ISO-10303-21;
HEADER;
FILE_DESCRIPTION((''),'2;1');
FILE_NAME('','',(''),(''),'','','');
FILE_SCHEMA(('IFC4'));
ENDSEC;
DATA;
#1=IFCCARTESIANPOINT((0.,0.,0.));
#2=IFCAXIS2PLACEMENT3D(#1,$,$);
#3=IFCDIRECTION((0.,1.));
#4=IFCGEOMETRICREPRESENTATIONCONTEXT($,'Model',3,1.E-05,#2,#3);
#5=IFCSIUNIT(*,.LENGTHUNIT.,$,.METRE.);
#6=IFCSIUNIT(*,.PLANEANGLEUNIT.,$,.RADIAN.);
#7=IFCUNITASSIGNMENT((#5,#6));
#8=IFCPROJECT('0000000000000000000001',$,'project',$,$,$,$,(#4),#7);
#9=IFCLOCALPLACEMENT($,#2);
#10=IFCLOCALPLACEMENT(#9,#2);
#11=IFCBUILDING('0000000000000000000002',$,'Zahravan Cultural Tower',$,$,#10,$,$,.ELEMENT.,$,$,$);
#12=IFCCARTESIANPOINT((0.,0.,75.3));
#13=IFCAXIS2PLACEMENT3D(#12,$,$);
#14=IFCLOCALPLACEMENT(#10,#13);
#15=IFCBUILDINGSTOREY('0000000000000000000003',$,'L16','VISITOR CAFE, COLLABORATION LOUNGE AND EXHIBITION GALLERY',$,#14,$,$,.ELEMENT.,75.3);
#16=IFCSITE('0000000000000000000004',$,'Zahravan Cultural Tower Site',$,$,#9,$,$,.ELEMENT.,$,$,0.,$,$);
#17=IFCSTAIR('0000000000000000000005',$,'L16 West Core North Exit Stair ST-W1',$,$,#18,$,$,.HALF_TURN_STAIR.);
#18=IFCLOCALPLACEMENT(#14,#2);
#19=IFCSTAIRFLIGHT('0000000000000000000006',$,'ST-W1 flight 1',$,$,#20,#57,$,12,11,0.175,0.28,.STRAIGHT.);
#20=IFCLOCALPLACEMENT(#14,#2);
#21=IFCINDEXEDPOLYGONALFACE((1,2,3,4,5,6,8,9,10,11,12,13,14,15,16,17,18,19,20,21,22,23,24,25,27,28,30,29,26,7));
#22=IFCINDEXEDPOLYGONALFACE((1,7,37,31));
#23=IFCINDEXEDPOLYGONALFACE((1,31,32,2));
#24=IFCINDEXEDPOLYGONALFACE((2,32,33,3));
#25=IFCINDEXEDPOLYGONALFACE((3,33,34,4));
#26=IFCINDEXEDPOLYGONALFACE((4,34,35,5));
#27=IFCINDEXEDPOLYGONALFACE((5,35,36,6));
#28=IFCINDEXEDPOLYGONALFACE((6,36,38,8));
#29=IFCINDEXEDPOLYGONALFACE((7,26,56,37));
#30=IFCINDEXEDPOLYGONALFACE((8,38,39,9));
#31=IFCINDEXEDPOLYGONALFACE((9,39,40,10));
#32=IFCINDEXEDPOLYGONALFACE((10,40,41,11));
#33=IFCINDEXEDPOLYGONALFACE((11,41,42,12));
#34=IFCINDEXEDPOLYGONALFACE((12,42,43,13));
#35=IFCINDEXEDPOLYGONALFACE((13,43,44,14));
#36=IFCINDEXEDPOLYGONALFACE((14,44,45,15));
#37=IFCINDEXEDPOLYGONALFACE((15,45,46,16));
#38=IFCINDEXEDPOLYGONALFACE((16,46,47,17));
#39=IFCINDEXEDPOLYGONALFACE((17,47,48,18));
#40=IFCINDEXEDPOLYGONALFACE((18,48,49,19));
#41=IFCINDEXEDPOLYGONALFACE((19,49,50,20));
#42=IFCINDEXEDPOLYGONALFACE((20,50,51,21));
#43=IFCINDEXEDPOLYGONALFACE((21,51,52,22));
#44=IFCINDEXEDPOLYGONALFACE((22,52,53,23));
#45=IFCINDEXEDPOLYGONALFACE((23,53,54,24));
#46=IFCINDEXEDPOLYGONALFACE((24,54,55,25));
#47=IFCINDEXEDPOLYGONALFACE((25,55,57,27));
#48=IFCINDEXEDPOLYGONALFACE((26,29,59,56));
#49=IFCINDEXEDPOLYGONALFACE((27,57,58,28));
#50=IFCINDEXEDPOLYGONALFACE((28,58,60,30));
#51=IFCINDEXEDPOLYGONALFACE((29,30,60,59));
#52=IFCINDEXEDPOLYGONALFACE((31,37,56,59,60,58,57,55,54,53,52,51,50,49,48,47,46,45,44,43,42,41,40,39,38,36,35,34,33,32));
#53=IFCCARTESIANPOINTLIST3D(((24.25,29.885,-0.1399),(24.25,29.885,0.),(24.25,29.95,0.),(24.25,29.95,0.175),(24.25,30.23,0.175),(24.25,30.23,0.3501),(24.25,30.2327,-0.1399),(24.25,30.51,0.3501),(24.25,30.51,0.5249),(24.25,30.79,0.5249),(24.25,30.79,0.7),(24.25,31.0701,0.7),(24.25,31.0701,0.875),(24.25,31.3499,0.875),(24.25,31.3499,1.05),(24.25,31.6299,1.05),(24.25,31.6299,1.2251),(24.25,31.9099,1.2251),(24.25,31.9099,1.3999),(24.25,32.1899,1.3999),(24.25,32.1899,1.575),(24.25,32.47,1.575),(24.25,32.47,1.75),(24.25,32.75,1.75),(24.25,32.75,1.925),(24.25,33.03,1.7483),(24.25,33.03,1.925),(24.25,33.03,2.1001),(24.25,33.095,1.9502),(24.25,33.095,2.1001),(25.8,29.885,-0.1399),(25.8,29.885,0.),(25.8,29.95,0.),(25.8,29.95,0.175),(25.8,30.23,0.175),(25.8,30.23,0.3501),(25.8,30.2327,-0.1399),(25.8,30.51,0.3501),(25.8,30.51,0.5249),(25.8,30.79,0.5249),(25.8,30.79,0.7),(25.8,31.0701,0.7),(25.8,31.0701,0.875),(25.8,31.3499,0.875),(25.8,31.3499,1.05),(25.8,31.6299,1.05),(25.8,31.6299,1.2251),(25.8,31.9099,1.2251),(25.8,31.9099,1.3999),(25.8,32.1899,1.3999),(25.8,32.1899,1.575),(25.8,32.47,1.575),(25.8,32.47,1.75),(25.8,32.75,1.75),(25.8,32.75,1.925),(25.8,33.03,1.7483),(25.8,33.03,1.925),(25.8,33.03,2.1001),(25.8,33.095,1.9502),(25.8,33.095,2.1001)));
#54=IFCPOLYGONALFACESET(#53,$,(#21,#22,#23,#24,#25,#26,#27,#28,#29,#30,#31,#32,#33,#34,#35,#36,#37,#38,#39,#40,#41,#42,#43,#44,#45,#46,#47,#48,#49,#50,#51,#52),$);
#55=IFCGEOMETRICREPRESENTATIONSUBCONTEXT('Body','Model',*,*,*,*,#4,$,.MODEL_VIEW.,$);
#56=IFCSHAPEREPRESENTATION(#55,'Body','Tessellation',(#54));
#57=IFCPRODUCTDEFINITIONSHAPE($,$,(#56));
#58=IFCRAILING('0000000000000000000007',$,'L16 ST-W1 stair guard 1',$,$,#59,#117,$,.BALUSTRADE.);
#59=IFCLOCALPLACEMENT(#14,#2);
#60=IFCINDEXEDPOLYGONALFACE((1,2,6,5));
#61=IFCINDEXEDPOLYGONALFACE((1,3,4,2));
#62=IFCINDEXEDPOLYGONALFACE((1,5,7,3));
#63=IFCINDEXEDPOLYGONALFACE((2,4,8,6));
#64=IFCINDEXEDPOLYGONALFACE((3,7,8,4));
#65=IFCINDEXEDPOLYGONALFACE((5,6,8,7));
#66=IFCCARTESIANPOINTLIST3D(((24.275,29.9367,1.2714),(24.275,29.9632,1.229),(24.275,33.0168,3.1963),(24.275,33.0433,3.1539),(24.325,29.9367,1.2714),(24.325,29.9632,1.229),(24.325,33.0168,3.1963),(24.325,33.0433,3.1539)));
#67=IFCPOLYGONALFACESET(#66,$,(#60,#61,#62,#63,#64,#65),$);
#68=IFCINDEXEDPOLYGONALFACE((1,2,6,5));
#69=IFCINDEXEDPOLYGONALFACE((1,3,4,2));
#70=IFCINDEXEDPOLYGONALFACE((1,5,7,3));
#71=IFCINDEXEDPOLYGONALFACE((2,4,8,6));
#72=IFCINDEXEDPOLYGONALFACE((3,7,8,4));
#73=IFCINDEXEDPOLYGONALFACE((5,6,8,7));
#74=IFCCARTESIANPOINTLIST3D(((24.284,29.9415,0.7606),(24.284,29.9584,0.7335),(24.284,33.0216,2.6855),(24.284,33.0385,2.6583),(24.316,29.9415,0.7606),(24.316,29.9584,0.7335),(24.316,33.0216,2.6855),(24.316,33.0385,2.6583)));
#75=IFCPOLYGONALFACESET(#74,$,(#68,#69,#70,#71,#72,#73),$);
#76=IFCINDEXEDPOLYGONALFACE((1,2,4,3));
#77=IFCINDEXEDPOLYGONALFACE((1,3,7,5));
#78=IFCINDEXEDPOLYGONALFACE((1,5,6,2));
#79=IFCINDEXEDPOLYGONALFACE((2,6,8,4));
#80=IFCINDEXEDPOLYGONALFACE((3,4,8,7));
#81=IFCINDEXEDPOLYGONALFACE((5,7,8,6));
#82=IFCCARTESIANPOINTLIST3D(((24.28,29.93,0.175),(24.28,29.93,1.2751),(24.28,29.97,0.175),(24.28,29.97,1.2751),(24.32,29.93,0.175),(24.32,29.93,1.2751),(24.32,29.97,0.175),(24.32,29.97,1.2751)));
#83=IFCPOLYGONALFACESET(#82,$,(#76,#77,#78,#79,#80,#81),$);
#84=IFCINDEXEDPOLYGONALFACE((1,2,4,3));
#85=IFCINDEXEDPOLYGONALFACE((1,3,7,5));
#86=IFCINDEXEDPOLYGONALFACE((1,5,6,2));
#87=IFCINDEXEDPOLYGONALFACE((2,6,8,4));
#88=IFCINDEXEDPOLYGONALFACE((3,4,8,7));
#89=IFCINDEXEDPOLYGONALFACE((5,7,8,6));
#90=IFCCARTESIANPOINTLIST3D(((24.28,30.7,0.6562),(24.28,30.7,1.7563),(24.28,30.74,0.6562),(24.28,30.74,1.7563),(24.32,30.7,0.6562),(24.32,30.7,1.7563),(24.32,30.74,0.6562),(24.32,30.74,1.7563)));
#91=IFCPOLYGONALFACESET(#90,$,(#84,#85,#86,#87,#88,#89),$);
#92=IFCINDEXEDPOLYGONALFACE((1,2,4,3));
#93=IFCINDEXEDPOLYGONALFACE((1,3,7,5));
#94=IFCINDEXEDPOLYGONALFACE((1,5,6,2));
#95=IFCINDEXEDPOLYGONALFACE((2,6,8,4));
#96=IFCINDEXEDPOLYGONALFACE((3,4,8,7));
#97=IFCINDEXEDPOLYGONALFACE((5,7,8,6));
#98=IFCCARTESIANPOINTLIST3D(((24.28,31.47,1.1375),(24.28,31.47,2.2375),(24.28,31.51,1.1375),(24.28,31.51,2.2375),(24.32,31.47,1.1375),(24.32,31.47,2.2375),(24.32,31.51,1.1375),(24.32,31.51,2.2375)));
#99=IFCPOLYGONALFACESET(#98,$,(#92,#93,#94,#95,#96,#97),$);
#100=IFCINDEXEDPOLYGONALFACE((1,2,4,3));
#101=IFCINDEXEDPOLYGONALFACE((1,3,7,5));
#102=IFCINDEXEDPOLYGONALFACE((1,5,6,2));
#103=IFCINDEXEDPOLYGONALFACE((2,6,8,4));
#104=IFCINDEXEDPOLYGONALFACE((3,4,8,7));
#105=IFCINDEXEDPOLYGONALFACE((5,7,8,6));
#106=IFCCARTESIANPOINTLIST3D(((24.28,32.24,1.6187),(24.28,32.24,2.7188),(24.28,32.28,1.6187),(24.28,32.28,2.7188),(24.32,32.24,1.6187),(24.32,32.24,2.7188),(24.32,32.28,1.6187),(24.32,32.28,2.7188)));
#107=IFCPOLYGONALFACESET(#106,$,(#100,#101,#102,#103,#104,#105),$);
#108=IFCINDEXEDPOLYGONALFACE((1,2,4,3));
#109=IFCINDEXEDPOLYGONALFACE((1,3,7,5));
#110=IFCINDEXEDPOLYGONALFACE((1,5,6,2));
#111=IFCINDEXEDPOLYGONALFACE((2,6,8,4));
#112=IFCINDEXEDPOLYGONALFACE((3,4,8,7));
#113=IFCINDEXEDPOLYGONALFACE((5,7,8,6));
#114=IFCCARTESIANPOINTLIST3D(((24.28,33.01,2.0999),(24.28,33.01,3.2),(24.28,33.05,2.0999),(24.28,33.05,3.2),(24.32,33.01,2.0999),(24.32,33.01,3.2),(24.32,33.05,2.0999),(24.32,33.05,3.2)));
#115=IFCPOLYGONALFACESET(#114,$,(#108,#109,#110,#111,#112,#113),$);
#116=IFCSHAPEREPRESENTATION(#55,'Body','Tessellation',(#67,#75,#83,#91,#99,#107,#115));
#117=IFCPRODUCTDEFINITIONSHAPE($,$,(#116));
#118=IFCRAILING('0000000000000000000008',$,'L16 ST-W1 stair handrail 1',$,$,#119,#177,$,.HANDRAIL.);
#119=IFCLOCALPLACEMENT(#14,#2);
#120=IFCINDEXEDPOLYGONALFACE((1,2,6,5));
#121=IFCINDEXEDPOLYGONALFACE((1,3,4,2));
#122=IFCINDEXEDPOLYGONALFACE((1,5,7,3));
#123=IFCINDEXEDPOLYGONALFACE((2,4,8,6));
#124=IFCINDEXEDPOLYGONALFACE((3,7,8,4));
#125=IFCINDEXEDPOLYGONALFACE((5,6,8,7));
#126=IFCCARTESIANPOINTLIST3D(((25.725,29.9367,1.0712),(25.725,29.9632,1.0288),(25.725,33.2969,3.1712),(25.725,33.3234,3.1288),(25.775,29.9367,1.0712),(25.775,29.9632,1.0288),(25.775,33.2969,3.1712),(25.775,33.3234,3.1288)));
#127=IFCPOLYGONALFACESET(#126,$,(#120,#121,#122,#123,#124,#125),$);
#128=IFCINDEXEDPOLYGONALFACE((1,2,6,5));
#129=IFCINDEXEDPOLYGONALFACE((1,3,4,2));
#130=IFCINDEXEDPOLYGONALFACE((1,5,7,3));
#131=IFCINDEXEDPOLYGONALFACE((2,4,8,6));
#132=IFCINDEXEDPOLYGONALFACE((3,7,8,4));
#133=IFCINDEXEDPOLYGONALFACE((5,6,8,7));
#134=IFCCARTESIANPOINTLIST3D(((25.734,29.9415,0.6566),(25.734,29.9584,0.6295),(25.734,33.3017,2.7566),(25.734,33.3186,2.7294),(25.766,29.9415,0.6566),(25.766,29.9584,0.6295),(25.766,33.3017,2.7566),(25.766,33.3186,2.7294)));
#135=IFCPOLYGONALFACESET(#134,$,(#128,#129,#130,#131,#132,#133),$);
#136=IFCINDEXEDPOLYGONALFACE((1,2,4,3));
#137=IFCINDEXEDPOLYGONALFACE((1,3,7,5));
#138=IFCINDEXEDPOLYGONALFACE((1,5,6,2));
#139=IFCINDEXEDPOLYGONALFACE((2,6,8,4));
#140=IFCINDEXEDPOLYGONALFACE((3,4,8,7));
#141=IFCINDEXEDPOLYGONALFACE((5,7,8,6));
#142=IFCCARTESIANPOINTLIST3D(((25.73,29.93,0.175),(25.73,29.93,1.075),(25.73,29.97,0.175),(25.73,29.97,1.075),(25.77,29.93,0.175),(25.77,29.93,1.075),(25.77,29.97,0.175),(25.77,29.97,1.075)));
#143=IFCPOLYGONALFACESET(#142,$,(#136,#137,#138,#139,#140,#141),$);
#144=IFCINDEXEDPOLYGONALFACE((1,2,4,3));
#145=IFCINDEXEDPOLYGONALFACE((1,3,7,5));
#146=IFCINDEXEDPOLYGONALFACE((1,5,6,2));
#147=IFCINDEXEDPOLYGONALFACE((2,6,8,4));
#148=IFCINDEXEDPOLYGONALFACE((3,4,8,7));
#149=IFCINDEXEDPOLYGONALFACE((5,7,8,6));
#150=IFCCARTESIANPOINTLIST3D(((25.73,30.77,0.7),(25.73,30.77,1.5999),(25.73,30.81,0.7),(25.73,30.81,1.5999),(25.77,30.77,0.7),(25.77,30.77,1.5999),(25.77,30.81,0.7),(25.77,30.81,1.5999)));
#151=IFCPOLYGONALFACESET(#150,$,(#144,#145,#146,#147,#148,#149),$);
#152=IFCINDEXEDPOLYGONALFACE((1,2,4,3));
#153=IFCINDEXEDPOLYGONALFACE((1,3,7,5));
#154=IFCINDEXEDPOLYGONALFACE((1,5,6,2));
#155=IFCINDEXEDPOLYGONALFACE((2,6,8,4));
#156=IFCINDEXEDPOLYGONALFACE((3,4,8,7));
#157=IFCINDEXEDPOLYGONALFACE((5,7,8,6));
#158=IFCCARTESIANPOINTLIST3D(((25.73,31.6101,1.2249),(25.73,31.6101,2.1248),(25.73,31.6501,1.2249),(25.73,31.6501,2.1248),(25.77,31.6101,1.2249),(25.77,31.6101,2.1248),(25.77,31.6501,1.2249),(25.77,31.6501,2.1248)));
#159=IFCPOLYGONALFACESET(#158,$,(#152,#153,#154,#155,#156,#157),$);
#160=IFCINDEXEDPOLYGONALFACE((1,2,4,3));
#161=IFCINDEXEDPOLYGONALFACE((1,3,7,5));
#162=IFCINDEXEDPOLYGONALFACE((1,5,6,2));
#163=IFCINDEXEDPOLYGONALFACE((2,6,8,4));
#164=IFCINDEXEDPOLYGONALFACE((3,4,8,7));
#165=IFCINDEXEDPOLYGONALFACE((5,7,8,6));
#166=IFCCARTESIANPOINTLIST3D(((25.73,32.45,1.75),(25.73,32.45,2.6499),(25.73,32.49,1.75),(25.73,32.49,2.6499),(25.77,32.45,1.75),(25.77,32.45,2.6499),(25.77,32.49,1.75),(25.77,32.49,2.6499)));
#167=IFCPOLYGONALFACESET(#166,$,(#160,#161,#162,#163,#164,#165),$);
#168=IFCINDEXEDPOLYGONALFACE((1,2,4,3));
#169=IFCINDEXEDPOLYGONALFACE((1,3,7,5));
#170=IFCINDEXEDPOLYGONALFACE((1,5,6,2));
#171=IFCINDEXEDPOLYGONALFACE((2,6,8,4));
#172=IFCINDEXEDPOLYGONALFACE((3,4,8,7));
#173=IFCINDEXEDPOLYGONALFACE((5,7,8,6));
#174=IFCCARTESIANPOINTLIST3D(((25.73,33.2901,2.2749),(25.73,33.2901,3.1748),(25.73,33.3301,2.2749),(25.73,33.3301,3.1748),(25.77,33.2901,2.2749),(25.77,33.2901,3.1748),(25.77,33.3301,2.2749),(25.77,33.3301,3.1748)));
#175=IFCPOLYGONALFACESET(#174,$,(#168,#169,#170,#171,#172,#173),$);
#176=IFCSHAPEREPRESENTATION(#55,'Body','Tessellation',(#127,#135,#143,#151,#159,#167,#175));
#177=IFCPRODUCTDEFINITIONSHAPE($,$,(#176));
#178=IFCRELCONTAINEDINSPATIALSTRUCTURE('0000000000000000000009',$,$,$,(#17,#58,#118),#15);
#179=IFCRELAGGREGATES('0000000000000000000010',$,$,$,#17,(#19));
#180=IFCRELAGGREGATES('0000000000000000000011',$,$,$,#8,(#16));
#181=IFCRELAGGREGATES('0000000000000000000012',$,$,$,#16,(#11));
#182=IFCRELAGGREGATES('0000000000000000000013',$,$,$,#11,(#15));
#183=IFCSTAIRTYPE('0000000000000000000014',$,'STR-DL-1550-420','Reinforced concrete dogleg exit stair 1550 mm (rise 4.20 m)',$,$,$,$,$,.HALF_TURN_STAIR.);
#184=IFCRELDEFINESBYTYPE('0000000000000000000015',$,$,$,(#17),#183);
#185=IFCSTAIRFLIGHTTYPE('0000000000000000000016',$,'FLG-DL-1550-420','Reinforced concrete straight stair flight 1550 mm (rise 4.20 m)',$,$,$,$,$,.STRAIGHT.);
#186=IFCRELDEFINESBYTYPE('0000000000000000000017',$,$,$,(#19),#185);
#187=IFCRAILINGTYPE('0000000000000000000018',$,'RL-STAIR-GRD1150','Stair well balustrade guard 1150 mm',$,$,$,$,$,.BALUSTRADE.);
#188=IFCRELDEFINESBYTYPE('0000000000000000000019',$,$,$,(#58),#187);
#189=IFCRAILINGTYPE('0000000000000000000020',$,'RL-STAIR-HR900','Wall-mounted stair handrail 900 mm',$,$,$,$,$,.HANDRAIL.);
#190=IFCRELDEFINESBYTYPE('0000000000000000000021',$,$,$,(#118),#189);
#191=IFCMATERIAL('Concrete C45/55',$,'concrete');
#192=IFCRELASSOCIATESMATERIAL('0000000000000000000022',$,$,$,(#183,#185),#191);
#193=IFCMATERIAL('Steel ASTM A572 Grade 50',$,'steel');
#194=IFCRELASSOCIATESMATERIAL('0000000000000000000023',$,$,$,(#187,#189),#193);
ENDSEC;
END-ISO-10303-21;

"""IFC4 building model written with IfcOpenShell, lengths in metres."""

from ifc_helpers import new_model, si_unit, direction, frame, origin, origin_2d, place, context, subcontext, project, spatial, polyline, rectangle, outline, extrude, material, type_object, element, aggregate, save


model = new_model("IFC4")

# Units and contexts
model_context = context("Model", 3, precision=1e-05, world=origin(), true_north=direction((0.0, 1.0)))
body_context = subcontext(model_context, "Body", "Model", "MODEL_VIEW")
ifc_project = project(units=[si_unit("LENGTHUNIT", "METRE"), si_unit("PLANEANGLEUNIT", "RADIAN")], contexts=[model_context])

# Site, building, storey
site_placement = place(None, origin())
site = spatial("IfcSite", under=ifc_project, at=site_placement, Name="Zahravan Cultural Tower Site", CompositionType="ELEMENT", RefElevation=0.0)
building_placement = place(site_placement, origin())
building = spatial("IfcBuilding", under=site, at=building_placement, Name="Zahravan Cultural Tower", CompositionType="ELEMENT")
storey_placement = place(building_placement, frame((0.0, 0.0, 75.3)))
storey = spatial("IfcBuildingStorey", under=building, at=storey_placement, Name="L16", Description="VISITOR CAFE, COLLABORATION LOUNGE AND EXHIBITION GALLERY", CompositionType="ELEMENT", Elevation=75.3)

# Shared definitions
ifc_material_1 = material(Name="Steel ASTM A572 Grade 50", Category="steel")
ifc_material_2 = material(Name="Concrete C45/55", Category="concrete")

# Stair, stair flight
stair_type = type_object("IfcStairType", Name="STR-DL-1550-420", Description="Reinforced concrete dogleg exit stair 1550 mm (rise 4.20 m)", PredefinedType="HALF_TURN_STAIR", material=ifc_material_2)
stair_placement = place(storey_placement, origin())
stair = element("IfcStair", 1, at=stair_placement, inside=storey, type_object=stair_type, Name="L16 West Core North Exit Stair ST-W1", PredefinedType="HALF_TURN_STAIR")
stair_flight_type = type_object("IfcStairFlightType", Name="FLG-DL-1550-420", Description="Reinforced concrete straight stair flight 1550 mm (rise 4.20 m)", PredefinedType="STRAIGHT", material=ifc_material_2)
stair_flight_placement = place(storey_placement, frame((25.0249, 29.95, 0.0), z_axis=(0.0, 0.0, 1.0), x_axis=(0.0, 1.0, 0.0)))
stair_flight = element("IfcStairFlight", 2, at=stair_flight_placement, type_object=stair_flight_type, Name="ST-W1 flight 1", NumberOfRisers=12, NumberOfTreads=11, PredefinedType="STRAIGHT", RiserHeight=0.175, TreadLength=0.28, context=body_context, shape_type="SweptSolid", body=[
    extrude(outline(polyline([(-0.0649, -0.1399), (-0.0649, 0.0), (0.0, 0.0), (0.0, 0.175), (0.28, 0.175), (0.28, 0.3501), (0.5601, 0.3501), (0.5601, 0.5249), (0.8401, 0.5249), (0.8401, 0.7), (1.1201, 0.7), (1.1201, 0.875), (1.3999, 0.875), (1.3999, 1.05), (1.6799, 1.05), (1.6799, 1.2251), (1.96, 1.2251), (1.96, 1.3999), (2.24, 1.3999), (2.24, 1.575), (2.52, 1.575), (2.52, 1.75), (2.8, 1.75), (2.8, 1.925), (3.0801, 1.925), (3.0801, 2.1001), (3.145, 2.1001), (3.145, 1.9502), (3.0801, 1.7483), (0.2827, -0.1399), (-0.0649, -0.1399)])), frame((0.0, 0.7749, 0.0), z_axis=(0.0, -1.0, 0.0), x_axis=(1.0, 0.0, 0.0)), (0.0, 0.0, 1.0), 1.55),
])
aggregate(stair, [stair_flight])

# Railings
railing_type_1 = type_object("IfcRailingType", Name="RL-STAIR-GRD1150", Description="Stair well balustrade guard 1150 mm", PredefinedType="BALUSTRADE", material=ifc_material_1)
railing_1_placement = place(storey_placement, frame((24.3, 29.95, 0.175)))
element("IfcRailing", 3, at=railing_1_placement, inside=storey, type_object=railing_type_1, Name="L16 ST-W1 stair guard 1", PredefinedType="BALUSTRADE", context=body_context, shape_type="SweptSolid", body=[
    extrude(rectangle(XDim=0.05, YDim=0.05, at=origin_2d()), frame((0.0, 0.0, 1.0752), z_axis=(0.0, 0.848029, 0.529951), x_axis=(-1.0, 0.0, 0.0)), (0.0, 0.0, 1.0), 3.6321),
    extrude(rectangle(XDim=0.032, YDim=0.032, at=origin_2d()), frame((0.0, 0.0, 0.572), z_axis=(0.0, 0.848029, 0.529951), x_axis=(-1.0, 0.0, 0.0)), (0.0, 0.0, 1.0), 3.6321),
    extrude(rectangle(XDim=0.04, YDim=0.04, at=origin_2d()), origin(), (0.0, 0.0, 1.0), 1.1001),
    extrude(rectangle(XDim=0.04, YDim=0.04, at=origin_2d()), frame((0.0, 0.77, 0.4812)), (0.0, 0.0, 1.0), 1.1001),
    extrude(rectangle(XDim=0.04, YDim=0.04, at=origin_2d()), frame((0.0, 1.54, 0.9624)), (0.0, 0.0, 1.0), 1.1001),
    extrude(rectangle(XDim=0.04, YDim=0.04, at=origin_2d()), frame((0.0, 2.3101, 1.4436)), (0.0, 0.0, 1.0), 1.1001),
    extrude(rectangle(XDim=0.04, YDim=0.04, at=origin_2d()), frame((0.0, 3.0801, 1.9248)), (0.0, 0.0, 1.0), 1.1001),
])
railing_type_2 = type_object("IfcRailingType", Name="RL-STAIR-HR900", Description="Wall-mounted stair handrail 900 mm", PredefinedType="HANDRAIL", material=ifc_material_1)
railing_2_placement = place(storey_placement, frame((25.75, 29.95, 0.175)))
element("IfcRailing", 4, at=railing_2_placement, inside=storey, type_object=railing_type_2, Name="L16 ST-W1 stair handrail 1", PredefinedType="HANDRAIL", context=body_context, shape_type="SweptSolid", body=[
    extrude(rectangle(XDim=0.05, YDim=0.05, at=origin_2d()), frame((0.0, 0.0, 0.875), z_axis=(0.0, 0.848023, 0.52996), x_axis=(-1.0, 0.0, 0.0)), (0.0, 0.0, 1.0), 3.9624),
    extrude(rectangle(XDim=0.032, YDim=0.032, at=origin_2d()), frame((0.0, 0.0, 0.468), z_axis=(0.0, 0.848023, 0.52996), x_axis=(-1.0, 0.0, 0.0)), (0.0, 0.0, 1.0), 3.9624),
    extrude(rectangle(XDim=0.04, YDim=0.04, at=origin_2d()), origin(), (0.0, 0.0, 1.0), 0.8999),
    extrude(rectangle(XDim=0.04, YDim=0.04, at=origin_2d()), frame((0.0, 0.8401, 0.5249)), (0.0, 0.0, 1.0), 0.8999),
    extrude(rectangle(XDim=0.04, YDim=0.04, at=origin_2d()), frame((0.0, 1.6802, 1.0498)), (0.0, 0.0, 1.0), 0.8999),
    extrude(rectangle(XDim=0.04, YDim=0.04, at=origin_2d()), frame((0.0, 2.52, 1.575)), (0.0, 0.0, 1.0), 0.8999),
    extrude(rectangle(XDim=0.04, YDim=0.04, at=origin_2d()), frame((0.0, 3.3601, 2.0999)), (0.0, 0.0, 1.0), 0.8999),
])

save(model, "model.ifc")
